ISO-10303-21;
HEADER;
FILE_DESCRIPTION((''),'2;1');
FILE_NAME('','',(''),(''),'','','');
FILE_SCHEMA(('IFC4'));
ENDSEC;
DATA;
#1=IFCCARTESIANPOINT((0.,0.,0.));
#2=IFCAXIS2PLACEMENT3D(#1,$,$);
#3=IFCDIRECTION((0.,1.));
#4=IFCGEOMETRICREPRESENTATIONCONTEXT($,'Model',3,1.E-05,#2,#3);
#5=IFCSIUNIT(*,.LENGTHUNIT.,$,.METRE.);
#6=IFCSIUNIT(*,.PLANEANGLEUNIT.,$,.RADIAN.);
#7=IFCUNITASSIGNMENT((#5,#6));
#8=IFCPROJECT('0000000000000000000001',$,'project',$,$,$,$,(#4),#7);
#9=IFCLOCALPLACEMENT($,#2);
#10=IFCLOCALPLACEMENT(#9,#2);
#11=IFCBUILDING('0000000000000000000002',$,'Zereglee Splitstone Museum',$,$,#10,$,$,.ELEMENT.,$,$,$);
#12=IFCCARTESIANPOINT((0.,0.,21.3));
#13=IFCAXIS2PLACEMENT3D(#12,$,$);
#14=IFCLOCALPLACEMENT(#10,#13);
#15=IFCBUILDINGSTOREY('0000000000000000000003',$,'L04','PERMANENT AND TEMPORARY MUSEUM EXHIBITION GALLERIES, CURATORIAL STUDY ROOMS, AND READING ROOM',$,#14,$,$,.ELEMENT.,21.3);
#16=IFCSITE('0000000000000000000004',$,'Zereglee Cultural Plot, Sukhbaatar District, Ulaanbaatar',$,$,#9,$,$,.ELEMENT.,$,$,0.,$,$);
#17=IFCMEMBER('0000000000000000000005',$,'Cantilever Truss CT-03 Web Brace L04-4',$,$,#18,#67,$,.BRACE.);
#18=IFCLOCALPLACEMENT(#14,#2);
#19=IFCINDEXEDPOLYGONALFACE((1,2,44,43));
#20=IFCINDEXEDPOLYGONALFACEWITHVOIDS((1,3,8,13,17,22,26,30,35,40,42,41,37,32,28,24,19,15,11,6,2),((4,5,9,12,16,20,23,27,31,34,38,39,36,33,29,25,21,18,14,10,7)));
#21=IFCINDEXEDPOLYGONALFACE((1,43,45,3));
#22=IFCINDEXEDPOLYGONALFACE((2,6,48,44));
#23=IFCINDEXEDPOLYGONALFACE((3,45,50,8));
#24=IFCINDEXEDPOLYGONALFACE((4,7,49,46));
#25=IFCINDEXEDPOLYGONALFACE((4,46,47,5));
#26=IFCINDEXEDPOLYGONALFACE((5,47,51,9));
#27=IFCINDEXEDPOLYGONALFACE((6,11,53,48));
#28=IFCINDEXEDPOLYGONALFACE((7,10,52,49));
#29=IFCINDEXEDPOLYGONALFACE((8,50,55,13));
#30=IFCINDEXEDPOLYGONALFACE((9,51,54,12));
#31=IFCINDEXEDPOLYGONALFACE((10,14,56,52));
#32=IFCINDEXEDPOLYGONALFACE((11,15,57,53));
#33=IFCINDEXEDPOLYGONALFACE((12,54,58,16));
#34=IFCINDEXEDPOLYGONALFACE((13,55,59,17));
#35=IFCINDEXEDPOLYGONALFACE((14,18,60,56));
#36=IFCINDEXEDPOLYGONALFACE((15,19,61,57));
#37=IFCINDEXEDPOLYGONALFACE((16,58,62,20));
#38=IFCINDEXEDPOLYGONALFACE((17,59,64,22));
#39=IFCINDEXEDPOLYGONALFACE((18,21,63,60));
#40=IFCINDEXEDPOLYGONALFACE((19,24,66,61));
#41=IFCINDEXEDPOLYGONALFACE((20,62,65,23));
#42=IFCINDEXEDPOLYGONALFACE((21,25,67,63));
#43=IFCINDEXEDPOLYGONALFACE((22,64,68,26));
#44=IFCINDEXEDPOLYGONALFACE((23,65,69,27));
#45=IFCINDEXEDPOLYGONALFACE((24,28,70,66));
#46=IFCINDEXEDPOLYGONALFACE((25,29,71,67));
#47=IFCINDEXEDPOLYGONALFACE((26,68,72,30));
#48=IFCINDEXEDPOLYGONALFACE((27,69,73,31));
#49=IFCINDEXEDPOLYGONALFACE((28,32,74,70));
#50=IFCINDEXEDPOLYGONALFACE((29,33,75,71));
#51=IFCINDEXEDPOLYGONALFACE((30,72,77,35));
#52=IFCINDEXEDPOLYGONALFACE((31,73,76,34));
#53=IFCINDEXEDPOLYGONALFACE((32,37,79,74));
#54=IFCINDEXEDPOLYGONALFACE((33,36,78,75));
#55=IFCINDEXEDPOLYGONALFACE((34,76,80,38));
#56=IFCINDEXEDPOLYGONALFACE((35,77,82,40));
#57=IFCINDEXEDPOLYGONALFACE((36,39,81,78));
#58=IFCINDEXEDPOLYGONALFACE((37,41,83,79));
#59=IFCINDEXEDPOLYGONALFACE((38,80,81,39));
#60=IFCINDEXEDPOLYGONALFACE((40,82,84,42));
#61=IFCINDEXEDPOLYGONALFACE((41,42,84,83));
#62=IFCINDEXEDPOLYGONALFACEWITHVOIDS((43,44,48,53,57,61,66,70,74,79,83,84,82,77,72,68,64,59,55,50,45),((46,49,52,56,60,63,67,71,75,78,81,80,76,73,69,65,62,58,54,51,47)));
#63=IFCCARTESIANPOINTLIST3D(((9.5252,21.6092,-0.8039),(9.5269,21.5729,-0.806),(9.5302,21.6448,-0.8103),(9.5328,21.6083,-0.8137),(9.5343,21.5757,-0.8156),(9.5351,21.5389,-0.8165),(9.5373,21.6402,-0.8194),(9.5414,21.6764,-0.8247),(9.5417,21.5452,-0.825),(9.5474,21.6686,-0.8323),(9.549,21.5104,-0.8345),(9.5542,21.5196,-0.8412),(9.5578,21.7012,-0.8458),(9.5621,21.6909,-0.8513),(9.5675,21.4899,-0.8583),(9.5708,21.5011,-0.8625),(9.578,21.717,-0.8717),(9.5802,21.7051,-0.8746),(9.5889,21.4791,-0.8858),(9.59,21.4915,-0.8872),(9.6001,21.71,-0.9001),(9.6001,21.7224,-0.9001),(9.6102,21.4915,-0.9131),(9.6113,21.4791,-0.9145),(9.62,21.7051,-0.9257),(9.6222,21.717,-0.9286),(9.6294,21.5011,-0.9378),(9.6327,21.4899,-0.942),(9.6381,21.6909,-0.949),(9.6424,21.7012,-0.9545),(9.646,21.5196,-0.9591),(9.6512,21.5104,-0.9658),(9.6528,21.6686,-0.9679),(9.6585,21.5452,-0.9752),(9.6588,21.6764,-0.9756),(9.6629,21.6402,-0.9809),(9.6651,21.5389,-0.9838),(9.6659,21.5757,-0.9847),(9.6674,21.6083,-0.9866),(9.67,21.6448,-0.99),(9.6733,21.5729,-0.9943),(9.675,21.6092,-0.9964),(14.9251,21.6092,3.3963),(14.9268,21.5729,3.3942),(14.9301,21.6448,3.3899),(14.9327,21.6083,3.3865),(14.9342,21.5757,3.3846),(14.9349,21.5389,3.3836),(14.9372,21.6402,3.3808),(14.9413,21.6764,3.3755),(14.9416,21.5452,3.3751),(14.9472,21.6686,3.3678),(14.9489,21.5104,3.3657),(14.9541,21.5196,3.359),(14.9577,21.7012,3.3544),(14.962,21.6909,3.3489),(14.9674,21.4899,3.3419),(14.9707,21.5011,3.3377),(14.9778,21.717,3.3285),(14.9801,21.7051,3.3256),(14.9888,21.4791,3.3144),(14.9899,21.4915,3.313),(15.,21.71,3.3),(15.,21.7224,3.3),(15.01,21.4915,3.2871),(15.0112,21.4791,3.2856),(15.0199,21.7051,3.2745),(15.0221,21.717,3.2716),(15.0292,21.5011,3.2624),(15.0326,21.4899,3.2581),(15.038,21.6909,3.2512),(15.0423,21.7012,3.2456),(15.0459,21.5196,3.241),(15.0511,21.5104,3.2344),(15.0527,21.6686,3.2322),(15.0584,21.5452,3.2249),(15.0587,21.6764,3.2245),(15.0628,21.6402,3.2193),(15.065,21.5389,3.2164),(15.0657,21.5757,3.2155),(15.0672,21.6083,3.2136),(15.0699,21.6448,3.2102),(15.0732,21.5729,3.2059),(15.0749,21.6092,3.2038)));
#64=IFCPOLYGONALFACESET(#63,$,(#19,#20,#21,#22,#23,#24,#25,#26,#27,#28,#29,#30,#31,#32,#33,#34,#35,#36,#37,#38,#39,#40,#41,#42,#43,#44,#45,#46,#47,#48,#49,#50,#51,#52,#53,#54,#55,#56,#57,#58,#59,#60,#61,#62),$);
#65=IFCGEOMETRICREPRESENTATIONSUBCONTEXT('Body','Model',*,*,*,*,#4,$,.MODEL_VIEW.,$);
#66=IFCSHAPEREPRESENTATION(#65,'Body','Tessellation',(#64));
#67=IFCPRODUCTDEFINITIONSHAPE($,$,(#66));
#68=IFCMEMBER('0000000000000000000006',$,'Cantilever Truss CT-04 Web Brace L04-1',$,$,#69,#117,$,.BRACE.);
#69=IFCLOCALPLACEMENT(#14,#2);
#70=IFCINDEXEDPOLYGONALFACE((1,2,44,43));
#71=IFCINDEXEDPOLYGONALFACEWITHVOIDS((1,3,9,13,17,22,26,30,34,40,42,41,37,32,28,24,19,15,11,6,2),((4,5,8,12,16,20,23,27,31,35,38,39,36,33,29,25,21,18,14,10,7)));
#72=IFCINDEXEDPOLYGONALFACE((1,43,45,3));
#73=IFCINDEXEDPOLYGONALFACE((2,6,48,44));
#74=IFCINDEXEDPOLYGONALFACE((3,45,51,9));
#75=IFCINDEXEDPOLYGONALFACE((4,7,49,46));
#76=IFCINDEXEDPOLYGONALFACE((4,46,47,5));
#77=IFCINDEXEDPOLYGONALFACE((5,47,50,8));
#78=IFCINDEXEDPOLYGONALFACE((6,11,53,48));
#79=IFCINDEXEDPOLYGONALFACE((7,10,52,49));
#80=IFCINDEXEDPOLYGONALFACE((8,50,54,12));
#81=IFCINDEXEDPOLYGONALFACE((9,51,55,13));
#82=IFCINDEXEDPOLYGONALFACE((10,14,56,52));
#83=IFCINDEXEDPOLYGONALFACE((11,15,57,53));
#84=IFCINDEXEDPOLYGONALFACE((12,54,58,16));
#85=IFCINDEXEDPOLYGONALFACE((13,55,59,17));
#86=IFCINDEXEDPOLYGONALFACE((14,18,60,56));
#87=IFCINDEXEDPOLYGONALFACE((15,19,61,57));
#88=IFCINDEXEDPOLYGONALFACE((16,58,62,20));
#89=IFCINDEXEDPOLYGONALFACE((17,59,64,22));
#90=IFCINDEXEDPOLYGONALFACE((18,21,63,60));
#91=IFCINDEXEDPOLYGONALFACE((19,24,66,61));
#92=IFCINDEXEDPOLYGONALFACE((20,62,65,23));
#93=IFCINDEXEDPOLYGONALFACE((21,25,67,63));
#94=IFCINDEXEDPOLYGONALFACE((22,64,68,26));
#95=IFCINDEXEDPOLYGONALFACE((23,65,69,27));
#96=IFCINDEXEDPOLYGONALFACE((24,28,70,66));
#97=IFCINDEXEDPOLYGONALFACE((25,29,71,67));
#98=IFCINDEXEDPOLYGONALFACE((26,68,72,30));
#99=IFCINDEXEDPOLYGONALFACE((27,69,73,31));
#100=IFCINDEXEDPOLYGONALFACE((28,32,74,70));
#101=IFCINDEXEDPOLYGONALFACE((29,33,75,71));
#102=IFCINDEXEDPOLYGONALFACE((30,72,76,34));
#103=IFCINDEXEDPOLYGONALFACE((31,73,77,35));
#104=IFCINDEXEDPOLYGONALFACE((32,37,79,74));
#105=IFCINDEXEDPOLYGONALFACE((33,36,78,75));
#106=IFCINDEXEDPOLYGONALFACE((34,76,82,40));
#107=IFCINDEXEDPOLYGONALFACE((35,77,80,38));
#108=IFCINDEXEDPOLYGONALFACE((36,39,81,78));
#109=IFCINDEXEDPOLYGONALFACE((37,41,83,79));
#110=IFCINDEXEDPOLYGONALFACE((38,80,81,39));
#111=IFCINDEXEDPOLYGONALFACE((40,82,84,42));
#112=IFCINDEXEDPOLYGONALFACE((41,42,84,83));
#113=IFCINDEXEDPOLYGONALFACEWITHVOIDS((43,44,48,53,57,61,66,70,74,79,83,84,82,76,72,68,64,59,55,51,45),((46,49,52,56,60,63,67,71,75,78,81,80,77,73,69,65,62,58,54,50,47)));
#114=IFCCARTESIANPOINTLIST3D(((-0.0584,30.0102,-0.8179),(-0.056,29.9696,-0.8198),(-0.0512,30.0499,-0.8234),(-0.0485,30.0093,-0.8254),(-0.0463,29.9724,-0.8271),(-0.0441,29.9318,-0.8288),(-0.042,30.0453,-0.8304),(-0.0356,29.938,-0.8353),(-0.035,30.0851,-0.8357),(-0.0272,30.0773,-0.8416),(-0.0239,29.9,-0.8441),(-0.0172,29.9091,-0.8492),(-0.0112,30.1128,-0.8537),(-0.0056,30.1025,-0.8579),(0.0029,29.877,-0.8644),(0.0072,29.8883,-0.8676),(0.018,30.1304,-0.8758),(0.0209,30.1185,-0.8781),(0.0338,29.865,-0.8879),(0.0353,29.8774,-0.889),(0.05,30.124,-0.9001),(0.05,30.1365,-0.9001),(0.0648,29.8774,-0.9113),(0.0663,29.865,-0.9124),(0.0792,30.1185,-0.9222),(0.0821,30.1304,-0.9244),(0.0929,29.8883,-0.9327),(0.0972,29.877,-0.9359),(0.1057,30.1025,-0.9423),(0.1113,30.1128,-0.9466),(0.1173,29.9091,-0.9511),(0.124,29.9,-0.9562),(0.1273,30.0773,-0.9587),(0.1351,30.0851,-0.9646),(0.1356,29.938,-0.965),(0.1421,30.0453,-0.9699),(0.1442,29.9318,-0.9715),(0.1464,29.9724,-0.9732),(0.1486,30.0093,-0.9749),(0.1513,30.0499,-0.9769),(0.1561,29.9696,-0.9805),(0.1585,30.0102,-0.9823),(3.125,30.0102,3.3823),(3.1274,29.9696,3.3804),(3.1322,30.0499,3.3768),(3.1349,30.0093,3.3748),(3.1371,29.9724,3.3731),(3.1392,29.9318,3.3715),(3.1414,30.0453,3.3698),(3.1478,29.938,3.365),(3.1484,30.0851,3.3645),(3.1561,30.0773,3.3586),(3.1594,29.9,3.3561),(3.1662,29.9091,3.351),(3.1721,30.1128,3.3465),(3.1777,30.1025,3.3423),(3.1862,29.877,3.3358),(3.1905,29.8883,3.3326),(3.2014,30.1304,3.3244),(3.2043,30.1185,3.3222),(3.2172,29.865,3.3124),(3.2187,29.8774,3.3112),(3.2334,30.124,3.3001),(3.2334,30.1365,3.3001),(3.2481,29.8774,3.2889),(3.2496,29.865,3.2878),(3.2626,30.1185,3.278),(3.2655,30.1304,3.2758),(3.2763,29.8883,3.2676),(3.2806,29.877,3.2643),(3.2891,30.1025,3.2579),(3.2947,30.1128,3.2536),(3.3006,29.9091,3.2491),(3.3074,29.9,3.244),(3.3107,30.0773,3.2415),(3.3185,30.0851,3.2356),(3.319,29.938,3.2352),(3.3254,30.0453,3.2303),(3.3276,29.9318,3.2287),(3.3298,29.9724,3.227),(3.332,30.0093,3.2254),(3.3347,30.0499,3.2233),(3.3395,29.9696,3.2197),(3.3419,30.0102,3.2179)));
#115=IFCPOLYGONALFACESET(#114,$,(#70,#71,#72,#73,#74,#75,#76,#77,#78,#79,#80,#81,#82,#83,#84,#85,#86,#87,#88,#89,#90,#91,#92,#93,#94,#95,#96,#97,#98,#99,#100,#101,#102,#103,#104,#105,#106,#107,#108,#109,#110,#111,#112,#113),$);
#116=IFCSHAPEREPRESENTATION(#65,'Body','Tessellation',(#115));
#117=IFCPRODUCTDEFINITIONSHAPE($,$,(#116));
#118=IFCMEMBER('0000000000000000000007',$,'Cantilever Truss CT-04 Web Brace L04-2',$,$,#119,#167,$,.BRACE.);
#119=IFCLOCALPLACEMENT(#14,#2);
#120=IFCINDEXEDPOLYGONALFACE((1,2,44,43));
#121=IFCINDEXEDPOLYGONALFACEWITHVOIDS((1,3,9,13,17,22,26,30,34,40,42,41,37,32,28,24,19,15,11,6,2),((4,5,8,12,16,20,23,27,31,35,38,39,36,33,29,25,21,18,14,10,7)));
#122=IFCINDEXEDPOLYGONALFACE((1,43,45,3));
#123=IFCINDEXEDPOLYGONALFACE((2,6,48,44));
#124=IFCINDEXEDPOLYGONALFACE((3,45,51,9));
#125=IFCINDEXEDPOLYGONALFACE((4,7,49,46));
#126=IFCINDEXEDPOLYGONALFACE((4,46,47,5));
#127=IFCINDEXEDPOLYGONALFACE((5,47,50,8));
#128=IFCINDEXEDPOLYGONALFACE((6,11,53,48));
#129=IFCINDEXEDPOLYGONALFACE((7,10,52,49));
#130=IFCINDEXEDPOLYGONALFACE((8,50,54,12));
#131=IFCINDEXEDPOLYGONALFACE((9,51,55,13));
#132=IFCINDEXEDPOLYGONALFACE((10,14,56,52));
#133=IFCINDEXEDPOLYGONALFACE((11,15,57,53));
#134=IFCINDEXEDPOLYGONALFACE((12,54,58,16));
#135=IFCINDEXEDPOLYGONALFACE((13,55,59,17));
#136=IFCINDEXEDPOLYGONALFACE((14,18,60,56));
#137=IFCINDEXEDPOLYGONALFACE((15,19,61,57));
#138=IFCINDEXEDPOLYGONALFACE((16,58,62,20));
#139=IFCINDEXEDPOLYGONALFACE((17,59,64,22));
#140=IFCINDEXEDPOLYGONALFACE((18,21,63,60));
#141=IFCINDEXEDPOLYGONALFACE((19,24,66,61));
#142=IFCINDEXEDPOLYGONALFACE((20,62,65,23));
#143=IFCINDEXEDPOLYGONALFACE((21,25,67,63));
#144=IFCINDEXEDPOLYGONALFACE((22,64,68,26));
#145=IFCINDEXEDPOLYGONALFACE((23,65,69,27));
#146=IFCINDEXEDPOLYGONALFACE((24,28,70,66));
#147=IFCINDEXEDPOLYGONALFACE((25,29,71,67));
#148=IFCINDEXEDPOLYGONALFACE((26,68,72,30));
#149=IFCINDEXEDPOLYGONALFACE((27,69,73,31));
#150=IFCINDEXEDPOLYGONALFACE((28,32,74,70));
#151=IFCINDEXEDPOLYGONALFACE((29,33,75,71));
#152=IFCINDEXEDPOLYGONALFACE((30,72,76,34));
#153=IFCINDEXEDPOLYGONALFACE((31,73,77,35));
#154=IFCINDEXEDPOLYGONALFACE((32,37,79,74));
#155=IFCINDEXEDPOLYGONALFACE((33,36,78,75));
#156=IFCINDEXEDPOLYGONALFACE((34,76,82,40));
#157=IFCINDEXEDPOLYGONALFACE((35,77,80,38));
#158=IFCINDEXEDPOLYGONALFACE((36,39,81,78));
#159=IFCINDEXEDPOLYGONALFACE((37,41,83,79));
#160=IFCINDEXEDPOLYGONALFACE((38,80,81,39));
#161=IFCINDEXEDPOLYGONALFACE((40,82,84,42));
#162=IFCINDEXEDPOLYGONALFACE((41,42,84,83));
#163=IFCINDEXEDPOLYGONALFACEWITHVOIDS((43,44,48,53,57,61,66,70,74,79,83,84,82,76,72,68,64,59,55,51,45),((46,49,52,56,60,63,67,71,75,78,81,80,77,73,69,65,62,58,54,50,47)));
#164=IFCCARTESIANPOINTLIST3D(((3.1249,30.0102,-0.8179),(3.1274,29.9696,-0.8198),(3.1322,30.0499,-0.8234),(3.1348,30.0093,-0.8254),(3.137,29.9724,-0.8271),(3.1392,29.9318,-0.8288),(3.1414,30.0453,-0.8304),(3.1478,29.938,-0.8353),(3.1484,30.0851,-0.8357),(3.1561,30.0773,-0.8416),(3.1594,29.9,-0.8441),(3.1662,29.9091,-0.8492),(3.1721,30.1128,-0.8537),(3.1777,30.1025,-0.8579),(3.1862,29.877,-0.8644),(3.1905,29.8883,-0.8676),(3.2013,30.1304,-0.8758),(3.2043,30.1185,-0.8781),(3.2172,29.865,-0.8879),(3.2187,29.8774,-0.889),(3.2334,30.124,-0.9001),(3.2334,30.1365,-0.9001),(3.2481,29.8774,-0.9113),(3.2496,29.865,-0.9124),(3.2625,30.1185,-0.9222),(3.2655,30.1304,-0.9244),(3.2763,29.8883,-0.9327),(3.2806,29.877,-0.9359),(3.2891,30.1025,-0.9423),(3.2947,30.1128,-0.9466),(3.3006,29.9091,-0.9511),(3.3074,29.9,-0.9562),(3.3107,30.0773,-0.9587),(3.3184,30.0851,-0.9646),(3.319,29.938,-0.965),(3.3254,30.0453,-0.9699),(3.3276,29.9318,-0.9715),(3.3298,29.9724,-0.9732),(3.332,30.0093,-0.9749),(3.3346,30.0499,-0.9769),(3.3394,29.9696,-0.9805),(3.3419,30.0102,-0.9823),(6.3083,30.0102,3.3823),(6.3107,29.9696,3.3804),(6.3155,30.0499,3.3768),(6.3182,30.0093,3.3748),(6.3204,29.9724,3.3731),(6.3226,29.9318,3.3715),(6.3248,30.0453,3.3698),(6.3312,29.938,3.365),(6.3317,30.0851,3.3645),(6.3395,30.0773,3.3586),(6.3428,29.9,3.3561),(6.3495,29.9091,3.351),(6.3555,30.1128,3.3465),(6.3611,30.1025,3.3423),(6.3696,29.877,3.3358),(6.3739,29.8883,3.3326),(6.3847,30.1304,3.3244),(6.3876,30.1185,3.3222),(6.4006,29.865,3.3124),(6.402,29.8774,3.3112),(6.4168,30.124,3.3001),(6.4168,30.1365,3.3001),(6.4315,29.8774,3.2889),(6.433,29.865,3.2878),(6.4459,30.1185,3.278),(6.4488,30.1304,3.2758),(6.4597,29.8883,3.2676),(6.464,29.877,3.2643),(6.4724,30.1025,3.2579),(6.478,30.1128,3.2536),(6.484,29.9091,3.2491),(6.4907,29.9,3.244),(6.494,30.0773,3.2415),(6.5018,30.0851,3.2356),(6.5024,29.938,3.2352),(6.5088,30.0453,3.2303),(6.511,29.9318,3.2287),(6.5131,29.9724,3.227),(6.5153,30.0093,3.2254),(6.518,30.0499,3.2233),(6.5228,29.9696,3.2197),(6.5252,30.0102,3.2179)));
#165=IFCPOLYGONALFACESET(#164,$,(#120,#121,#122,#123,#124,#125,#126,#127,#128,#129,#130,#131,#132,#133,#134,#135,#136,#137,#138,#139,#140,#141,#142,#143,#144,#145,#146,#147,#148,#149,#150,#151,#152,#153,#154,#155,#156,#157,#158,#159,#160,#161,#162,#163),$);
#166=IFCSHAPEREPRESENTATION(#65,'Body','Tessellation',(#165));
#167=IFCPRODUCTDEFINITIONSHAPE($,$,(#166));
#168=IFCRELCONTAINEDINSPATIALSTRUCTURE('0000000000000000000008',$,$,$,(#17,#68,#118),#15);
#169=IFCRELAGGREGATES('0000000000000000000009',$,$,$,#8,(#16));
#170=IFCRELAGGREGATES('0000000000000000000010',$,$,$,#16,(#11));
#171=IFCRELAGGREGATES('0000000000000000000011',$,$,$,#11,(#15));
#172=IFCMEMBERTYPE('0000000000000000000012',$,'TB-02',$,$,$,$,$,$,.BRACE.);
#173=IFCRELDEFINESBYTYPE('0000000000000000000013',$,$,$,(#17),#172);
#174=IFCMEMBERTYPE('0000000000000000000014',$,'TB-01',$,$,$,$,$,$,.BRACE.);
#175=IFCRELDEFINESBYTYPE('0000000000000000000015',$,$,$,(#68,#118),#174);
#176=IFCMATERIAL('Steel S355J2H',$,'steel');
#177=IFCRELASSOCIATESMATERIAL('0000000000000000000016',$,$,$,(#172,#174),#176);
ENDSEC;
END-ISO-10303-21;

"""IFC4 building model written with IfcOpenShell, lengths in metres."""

from ifc_helpers import new_model, si_unit, direction, frame, origin, origin_2d, place, context, subcontext, project, spatial, hollow_circle, extrude, material, material_profile, profile_set, type_object, element, save


model = new_model("IFC4")

# Units and contexts
model_context = context("Model", 3, precision=1e-05, world=origin(), true_north=direction((0.0, 1.0)))
body_context = subcontext(model_context, "Body", "Model", "MODEL_VIEW")
ifc_project = project(units=[si_unit("LENGTHUNIT", "METRE"), si_unit("PLANEANGLEUNIT", "RADIAN")], contexts=[model_context])

# Site, building, storey
site_placement = place(None, origin())
site = spatial("IfcSite", under=ifc_project, at=site_placement, Name="Zereglee Cultural Plot, Sukhbaatar District, Ulaanbaatar", CompositionType="ELEMENT", RefElevation=0.0)
building_placement = place(site_placement, origin())
building = spatial("IfcBuilding", under=site, at=building_placement, Name="Zereglee Splitstone Museum", CompositionType="ELEMENT")
storey_placement = place(building_placement, frame((0.0, 0.0, 21.3)))
storey = spatial("IfcBuildingStorey", under=building, at=storey_placement, Name="L04", Description="PERMANENT AND TEMPORARY MUSEUM EXHIBITION GALLERIES, CURATORIAL STUDY ROOMS, AND READING ROOM", CompositionType="ELEMENT", Elevation=21.3)

# Members
ifc_material_1 = material(Name="Steel S355J2H", Category="steel")
ifc_material_profile_1 = material_profile(ifc_material_1, hollow_circle(Radius=0.1223, WallThickness=0.0125, at=origin_2d()), Name="CHS 244.5x12.5")
ifc_profile_set_1 = profile_set([ifc_material_profile_1], Name="Steel S355J2H")
member_type_1 = type_object("IfcMemberType", Name="TB-02", PredefinedType="BRACE", material=ifc_profile_set_1)
member_1_placement = place(storey_placement, frame((9.6001, 21.6001, -0.9001), z_axis=(0.789333, 0.0, 0.613965), x_axis=(0.0, 1.0, 0.0)))
element("IfcMember", 1, at=member_1_placement, inside=storey, type_object=member_type_1, Name="Cantilever Truss CT-03 Web Brace L04-4", PredefinedType="BRACE", context=body_context, shape_type="SweptSolid", body=[
    extrude(hollow_circle(Radius=0.1223, WallThickness=0.0125, at=origin_2d()), origin(), (0.0, 0.0, 1.0), 6.8411),
])
ifc_material_profile_2 = material_profile(ifc_material_1, hollow_circle(Radius=0.1365, WallThickness=0.0125, at=origin_2d()), Name="CHS 273.0x12.5")
ifc_profile_set_2 = profile_set([ifc_material_profile_2], Name="Steel S355J2H")
member_type_2 = type_object("IfcMemberType", Name="TB-01", PredefinedType="BRACE", material=ifc_profile_set_2)
for number, where, z_axis, x_axis, name in (
    (2, (0.05, 30.0, -0.9001), (0.604024, 0.0, 0.796966), (0.0, 1.0, 0.0), "Cantilever Truss CT-04 Web Brace L04-1"),
    (3, (3.2334, 30.0, -0.9001), (0.604024, 0.0, 0.796966), (0.0, 1.0, 0.0), "Cantilever Truss CT-04 Web Brace L04-2"),
):
    element("IfcMember", number, at=place(storey_placement, frame(where, z_axis=z_axis, x_axis=x_axis)), inside=storey, type_object=member_type_2, Name=name, PredefinedType="BRACE", context=body_context, shape_type="SweptSolid", body=[
        extrude(hollow_circle(Radius=0.1365, WallThickness=0.0125, at=origin_2d()), origin(), (0.0, 0.0, 1.0), 5.2703),
    ])

save(model, "model.ifc")
